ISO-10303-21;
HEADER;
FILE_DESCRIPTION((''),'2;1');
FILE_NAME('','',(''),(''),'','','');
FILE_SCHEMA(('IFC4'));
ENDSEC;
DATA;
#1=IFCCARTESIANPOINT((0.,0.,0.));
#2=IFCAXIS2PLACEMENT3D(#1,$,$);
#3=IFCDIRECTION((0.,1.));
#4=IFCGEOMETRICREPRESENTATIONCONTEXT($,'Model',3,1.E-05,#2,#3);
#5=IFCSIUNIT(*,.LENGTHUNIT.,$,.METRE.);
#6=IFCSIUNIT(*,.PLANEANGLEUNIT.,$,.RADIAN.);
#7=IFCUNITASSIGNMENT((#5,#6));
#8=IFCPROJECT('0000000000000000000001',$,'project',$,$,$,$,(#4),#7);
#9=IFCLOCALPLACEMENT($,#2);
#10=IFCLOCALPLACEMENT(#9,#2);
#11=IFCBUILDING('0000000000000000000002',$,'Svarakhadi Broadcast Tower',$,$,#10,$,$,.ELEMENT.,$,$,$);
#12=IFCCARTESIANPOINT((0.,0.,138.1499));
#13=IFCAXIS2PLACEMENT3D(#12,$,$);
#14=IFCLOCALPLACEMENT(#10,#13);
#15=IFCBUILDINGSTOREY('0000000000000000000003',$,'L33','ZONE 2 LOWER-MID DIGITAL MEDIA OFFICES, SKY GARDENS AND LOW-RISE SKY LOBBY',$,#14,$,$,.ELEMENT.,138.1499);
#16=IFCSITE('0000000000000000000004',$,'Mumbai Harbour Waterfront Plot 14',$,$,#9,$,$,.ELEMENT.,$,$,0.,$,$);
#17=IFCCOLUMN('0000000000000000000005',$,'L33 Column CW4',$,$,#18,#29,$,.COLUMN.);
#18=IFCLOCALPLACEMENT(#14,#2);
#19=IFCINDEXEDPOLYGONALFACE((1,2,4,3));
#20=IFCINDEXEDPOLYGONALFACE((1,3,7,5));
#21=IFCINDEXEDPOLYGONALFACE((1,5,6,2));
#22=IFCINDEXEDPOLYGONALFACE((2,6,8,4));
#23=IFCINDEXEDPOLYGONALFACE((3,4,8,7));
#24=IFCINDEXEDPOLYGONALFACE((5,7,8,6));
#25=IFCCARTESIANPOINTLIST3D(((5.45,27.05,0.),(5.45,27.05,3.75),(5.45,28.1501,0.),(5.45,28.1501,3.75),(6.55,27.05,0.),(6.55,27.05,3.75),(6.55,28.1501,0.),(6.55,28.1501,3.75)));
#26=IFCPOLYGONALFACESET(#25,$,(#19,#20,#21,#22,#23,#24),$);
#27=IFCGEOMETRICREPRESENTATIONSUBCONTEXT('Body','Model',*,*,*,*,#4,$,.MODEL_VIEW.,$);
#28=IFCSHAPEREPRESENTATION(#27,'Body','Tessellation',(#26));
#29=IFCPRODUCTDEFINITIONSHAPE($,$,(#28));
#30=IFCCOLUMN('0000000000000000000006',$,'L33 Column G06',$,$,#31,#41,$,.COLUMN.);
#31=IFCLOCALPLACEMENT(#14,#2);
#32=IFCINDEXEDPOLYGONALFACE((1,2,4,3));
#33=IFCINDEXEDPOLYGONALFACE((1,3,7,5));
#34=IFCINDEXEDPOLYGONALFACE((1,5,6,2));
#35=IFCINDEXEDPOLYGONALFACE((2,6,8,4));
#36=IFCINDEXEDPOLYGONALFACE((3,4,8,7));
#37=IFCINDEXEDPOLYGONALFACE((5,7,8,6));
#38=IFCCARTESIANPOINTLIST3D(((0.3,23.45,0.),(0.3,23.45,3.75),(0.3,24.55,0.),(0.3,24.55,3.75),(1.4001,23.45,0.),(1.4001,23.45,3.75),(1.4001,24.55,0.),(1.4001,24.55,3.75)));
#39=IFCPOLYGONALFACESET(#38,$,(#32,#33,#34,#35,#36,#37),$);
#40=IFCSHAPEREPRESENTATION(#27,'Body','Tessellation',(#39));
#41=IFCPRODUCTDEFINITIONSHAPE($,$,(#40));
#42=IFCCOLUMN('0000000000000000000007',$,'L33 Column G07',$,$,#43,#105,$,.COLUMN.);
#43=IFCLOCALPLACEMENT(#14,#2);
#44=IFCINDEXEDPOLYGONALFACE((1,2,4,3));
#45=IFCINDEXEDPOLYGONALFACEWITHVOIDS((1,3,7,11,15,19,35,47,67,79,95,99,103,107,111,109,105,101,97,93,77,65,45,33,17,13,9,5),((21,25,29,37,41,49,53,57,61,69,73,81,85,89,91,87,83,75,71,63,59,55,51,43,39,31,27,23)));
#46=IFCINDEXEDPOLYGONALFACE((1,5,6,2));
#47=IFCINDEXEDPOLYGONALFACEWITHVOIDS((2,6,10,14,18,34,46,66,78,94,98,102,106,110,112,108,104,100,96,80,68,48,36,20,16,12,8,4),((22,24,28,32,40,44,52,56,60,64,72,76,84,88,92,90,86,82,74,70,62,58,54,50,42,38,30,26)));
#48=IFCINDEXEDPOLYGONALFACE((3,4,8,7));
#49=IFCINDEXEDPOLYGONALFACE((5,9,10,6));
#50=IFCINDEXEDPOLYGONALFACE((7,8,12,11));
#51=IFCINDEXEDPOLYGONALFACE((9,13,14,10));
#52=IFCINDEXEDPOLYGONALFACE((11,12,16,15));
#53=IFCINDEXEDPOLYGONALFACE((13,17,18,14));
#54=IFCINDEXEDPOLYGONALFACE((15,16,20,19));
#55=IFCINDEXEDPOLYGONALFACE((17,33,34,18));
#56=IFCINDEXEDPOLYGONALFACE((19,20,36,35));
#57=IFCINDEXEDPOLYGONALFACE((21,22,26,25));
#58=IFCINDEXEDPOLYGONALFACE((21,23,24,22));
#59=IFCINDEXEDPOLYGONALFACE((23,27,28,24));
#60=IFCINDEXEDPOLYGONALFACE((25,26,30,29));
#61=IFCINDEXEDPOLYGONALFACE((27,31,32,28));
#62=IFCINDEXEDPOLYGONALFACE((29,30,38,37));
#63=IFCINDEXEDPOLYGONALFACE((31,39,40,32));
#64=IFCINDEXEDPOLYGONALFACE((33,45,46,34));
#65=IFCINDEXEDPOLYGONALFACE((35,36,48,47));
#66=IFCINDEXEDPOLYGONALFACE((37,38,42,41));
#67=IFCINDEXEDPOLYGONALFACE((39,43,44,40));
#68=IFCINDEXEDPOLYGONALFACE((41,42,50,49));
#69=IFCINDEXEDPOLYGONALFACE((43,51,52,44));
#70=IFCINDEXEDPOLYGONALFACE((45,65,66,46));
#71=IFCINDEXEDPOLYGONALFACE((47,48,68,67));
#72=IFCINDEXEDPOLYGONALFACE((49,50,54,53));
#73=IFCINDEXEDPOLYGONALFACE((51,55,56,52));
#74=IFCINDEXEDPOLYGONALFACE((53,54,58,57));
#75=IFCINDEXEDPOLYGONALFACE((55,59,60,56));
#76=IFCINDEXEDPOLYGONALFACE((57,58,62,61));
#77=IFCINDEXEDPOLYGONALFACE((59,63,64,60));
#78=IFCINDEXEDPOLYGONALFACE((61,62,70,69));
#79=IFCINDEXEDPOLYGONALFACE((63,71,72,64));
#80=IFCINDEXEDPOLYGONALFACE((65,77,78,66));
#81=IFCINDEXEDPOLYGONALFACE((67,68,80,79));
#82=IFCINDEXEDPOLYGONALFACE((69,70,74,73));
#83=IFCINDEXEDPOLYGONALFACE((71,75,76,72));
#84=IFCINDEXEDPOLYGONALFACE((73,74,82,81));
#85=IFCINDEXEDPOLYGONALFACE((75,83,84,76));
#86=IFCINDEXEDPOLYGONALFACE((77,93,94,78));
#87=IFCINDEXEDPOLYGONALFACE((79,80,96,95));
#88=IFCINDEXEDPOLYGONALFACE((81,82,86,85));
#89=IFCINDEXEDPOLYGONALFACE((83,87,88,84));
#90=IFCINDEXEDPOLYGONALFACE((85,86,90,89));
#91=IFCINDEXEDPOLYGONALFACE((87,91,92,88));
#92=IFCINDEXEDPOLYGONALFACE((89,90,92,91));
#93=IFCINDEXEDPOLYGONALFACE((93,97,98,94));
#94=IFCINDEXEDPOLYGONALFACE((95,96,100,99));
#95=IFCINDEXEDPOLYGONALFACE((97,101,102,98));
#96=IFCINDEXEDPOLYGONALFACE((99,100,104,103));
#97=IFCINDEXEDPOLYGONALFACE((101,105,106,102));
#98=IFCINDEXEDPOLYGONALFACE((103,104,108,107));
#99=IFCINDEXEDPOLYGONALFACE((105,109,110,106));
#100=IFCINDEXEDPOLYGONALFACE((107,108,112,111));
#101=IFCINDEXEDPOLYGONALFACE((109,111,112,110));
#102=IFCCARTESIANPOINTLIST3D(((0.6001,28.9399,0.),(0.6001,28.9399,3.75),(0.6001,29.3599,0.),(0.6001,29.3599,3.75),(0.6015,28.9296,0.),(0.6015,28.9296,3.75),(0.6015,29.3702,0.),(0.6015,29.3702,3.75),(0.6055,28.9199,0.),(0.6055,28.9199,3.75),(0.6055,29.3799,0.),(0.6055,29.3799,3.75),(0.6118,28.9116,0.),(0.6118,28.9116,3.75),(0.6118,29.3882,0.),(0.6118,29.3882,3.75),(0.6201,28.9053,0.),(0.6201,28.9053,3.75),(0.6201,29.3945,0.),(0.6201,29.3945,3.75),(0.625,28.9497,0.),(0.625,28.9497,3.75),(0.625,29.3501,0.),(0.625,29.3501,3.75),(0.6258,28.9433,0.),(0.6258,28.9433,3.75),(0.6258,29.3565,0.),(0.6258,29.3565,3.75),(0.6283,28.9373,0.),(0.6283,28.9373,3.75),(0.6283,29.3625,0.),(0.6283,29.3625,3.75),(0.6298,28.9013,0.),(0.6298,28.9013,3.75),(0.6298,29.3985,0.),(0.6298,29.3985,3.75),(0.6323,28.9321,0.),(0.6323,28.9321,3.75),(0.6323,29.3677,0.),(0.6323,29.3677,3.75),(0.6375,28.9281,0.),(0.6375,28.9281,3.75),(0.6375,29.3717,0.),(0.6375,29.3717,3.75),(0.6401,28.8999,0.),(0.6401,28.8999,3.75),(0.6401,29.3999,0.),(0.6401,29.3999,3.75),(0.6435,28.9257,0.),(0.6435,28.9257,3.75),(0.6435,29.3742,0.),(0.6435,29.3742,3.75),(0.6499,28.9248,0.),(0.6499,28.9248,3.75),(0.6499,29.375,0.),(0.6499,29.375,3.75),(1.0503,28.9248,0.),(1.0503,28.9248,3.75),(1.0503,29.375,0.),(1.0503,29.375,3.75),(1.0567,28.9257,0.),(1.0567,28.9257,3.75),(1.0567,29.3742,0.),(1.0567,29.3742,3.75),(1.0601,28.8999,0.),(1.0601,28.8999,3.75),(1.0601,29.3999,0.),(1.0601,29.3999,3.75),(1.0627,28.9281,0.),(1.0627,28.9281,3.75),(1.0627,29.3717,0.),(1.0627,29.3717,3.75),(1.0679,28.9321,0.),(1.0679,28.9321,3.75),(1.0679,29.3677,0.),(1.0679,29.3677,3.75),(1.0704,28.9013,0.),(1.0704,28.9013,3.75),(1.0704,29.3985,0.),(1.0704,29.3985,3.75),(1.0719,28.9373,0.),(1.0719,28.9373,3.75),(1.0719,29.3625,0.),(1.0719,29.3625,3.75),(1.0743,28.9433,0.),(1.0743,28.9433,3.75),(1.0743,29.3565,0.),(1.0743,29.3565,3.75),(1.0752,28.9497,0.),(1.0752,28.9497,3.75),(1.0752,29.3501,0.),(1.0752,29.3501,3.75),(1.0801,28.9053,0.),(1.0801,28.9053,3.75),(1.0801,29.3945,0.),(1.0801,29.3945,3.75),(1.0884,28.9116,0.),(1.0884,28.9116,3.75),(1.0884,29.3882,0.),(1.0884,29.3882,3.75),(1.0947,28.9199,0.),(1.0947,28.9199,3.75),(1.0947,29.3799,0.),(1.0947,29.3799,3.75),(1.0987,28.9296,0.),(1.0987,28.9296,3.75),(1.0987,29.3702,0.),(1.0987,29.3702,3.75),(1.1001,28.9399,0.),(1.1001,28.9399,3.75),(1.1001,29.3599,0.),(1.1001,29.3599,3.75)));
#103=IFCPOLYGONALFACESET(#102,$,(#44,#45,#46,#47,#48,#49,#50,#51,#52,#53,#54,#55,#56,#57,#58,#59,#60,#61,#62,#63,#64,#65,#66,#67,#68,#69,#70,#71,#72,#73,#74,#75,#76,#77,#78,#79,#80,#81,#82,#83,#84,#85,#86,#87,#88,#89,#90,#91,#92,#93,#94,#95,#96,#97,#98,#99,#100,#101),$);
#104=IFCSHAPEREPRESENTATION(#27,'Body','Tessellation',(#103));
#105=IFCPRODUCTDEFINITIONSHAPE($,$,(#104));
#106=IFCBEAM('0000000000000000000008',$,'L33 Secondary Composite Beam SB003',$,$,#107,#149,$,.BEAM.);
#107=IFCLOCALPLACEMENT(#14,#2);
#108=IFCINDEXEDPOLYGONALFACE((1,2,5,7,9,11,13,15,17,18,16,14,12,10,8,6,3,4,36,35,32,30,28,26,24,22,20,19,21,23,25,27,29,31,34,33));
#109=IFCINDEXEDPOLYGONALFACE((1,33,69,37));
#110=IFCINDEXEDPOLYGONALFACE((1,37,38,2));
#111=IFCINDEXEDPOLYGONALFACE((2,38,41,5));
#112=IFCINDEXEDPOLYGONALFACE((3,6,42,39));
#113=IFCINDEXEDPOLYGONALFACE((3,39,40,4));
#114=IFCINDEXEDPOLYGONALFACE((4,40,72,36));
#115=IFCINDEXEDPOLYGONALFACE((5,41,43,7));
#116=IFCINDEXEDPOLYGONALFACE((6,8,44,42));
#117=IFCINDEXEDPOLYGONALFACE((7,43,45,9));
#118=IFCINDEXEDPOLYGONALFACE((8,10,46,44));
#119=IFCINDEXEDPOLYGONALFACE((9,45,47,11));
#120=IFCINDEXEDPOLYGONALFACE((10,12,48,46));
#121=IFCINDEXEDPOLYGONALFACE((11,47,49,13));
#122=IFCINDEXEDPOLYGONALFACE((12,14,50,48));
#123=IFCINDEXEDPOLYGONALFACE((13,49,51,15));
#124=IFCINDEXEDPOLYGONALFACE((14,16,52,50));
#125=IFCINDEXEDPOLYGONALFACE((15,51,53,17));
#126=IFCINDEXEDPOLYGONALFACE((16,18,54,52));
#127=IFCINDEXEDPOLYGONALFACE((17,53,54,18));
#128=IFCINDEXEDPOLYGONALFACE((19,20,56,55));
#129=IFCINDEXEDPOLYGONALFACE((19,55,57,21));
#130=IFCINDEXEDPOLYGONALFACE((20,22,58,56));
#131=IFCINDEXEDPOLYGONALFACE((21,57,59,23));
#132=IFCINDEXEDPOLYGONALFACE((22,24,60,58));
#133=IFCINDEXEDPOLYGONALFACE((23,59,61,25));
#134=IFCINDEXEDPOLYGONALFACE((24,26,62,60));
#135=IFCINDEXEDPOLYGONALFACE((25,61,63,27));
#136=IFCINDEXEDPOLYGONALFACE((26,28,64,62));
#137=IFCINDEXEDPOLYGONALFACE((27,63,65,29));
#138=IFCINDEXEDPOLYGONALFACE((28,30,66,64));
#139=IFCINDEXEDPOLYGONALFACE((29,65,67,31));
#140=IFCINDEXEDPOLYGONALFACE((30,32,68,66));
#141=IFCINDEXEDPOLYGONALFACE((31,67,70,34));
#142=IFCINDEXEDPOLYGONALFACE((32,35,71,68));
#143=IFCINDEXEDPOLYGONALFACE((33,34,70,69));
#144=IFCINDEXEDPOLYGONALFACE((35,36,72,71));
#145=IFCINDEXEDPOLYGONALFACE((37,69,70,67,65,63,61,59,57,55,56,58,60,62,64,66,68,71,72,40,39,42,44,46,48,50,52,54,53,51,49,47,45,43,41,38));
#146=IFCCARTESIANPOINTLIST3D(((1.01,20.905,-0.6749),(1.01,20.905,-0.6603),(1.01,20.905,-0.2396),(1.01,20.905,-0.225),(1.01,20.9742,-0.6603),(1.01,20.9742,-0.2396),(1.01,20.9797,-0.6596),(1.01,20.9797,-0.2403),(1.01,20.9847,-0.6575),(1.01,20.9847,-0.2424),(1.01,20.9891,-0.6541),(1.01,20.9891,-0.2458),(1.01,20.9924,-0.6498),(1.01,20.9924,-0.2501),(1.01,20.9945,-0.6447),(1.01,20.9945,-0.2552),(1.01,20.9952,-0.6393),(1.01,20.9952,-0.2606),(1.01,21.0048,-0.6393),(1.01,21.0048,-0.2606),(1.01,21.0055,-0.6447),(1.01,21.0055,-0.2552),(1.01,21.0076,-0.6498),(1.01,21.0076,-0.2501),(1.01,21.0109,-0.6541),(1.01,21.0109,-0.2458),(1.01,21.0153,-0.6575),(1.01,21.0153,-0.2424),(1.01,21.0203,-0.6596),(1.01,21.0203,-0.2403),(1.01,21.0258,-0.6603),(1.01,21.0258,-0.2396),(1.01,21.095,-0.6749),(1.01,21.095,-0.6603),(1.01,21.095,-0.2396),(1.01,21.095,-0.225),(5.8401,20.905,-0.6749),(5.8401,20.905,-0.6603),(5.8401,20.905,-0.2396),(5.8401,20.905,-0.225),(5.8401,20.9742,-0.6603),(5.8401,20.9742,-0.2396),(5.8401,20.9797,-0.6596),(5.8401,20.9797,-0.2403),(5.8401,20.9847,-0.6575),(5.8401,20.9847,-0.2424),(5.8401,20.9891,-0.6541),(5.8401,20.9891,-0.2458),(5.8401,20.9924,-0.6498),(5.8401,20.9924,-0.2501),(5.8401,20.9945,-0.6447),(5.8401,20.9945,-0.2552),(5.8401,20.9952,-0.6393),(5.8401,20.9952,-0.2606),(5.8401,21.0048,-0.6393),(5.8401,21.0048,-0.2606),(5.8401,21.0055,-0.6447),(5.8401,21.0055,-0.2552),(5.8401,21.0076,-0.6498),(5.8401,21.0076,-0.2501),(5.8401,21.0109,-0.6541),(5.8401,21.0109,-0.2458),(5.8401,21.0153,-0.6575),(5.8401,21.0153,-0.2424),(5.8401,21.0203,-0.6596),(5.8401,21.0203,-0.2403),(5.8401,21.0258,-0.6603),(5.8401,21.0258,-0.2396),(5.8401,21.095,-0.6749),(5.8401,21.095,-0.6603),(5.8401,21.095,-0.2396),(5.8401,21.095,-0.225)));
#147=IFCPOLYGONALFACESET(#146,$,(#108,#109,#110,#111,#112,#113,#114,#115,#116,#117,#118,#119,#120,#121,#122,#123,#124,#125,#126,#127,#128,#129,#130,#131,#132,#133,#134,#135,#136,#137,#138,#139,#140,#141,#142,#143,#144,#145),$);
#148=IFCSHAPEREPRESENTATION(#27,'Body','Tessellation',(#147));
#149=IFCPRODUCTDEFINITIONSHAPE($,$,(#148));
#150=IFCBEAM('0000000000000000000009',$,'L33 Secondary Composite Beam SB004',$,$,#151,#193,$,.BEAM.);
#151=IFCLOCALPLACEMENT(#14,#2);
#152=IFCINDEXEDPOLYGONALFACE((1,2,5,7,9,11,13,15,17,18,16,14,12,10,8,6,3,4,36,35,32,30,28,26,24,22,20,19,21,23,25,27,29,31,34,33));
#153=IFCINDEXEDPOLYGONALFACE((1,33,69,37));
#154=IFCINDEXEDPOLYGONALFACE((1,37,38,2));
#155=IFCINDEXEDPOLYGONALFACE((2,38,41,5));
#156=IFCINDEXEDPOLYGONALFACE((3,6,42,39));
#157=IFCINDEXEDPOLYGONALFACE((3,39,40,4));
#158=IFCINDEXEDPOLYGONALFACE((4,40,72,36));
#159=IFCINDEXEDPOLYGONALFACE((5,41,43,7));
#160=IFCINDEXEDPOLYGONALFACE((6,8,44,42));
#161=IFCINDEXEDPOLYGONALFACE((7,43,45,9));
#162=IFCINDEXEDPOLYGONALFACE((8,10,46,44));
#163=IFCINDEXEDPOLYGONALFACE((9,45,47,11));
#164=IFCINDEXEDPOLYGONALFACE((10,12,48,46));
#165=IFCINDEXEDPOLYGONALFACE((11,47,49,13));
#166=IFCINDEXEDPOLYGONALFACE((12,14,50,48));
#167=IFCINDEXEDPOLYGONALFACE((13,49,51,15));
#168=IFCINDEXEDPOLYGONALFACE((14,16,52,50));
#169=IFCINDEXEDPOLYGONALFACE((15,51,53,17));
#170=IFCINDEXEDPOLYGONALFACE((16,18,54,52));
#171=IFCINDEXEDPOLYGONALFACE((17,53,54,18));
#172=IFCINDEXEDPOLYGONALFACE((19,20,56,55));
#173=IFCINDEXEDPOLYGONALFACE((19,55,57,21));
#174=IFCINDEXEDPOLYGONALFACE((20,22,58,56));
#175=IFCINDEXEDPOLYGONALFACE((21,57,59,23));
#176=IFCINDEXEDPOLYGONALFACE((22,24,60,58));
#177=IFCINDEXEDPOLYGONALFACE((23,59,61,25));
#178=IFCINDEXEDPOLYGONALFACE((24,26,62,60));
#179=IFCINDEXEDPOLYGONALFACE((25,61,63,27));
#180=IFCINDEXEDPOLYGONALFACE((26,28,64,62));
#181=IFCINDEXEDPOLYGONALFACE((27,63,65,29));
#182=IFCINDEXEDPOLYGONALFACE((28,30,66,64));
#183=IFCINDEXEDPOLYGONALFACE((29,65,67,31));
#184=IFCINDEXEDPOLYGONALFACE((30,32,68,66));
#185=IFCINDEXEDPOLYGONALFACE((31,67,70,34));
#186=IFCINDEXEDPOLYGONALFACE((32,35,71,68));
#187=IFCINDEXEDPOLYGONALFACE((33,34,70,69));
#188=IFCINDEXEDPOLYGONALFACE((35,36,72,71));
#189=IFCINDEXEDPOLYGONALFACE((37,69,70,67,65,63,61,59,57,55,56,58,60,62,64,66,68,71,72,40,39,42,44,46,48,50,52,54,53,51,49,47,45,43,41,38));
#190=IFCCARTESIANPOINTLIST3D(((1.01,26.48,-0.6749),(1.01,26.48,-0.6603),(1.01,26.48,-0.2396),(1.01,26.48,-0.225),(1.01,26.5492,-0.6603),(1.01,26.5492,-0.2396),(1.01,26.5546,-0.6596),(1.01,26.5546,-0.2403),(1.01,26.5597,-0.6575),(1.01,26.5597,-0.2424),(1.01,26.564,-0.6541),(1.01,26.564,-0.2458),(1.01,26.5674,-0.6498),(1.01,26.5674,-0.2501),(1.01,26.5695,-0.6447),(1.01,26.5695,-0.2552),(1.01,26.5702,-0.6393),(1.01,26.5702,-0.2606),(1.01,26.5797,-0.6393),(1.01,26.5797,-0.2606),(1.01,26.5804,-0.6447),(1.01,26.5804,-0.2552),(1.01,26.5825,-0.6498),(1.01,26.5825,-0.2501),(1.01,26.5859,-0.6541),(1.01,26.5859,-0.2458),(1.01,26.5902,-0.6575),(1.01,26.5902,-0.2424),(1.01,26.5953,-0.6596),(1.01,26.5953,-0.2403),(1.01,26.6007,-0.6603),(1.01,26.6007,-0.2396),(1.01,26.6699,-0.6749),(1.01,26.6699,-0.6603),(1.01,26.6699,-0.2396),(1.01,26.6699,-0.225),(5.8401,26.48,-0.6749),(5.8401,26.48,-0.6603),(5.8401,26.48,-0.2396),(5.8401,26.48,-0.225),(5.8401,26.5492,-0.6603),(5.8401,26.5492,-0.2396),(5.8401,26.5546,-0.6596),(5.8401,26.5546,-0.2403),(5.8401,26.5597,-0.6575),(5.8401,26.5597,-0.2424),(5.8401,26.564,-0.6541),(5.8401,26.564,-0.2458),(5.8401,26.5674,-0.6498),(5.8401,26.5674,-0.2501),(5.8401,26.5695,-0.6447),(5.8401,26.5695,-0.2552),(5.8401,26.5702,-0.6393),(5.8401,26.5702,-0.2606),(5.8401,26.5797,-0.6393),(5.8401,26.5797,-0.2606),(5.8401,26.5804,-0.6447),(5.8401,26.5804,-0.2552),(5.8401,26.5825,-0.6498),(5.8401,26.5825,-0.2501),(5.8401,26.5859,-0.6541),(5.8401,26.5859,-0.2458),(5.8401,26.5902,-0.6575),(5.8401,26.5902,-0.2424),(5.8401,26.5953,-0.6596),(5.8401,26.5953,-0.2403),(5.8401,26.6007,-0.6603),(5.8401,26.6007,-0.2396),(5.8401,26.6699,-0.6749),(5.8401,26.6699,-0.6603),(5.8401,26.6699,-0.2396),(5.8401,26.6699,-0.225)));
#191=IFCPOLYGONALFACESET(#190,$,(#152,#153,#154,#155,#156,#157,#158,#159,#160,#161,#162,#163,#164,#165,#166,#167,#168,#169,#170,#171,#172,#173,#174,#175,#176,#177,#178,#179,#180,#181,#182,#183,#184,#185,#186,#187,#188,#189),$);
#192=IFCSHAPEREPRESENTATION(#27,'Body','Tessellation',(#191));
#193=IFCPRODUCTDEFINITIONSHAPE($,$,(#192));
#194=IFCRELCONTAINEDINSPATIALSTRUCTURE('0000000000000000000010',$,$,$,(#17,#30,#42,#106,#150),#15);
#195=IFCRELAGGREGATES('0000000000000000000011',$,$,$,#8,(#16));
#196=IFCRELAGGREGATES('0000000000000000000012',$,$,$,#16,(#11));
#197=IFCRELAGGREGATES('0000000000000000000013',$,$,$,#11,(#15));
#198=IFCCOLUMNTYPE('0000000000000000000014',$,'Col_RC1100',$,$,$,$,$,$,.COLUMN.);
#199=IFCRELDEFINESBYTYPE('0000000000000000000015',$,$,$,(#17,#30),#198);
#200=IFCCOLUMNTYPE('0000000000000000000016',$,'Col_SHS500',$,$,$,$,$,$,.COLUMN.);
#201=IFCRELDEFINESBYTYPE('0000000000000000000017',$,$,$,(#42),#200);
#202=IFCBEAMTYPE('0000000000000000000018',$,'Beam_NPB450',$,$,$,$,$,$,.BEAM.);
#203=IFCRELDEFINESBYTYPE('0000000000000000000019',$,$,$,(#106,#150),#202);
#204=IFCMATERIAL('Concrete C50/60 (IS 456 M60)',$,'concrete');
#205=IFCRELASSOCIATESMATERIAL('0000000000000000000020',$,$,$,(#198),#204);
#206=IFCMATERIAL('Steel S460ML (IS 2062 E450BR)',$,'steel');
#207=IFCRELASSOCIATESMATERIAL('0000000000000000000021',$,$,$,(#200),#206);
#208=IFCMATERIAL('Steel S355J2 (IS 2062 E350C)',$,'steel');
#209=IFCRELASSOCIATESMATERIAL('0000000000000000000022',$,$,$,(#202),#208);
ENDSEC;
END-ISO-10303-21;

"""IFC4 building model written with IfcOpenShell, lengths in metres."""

from ifc_helpers import new_model, si_unit, direction, frame, origin, origin_2d, place, context, subcontext, project, spatial, rectangle, hollow_rectangle, i_section, extrude, material, material_profile, profile_set, type_object, element, save


model = new_model("IFC4")

# Units and contexts
model_context = context("Model", 3, precision=1e-05, world=origin(), true_north=direction((0.0, 1.0)))
body_context = subcontext(model_context, "Body", "Model", "MODEL_VIEW")
ifc_project = project(units=[si_unit("LENGTHUNIT", "METRE"), si_unit("PLANEANGLEUNIT", "RADIAN")], contexts=[model_context])

# Site, building, storey
site_placement = place(None, origin())
site = spatial("IfcSite", under=ifc_project, at=site_placement, Name="Mumbai Harbour Waterfront Plot 14", CompositionType="ELEMENT", RefElevation=0.0)
building_placement = place(site_placement, origin())
building = spatial("IfcBuilding", under=site, at=building_placement, Name="Svarakhadi Broadcast Tower", CompositionType="ELEMENT")
storey_placement = place(building_placement, frame((0.0, 0.0, 138.1499)))
storey = spatial("IfcBuildingStorey", under=building, at=storey_placement, Name="L33", Description="ZONE 2 LOWER-MID DIGITAL MEDIA OFFICES, SKY GARDENS AND LOW-RISE SKY LOBBY", CompositionType="ELEMENT", Elevation=138.1499)

# Columns
ifc_material_1 = material(Name="Concrete C50/60 (IS 456 M60)", Category="concrete")
ifc_material_profile_1 = material_profile(ifc_material_1, rectangle(XDim=1.1001, YDim=1.1001, at=origin_2d()), Name="RC 1100x1100")
ifc_profile_set_1 = profile_set([ifc_material_profile_1], Name="Concrete C50/60 (IS 456 M60)")
column_type_1 = type_object("IfcColumnType", Name="Col_RC1100", PredefinedType="COLUMN", material=ifc_profile_set_1)
for number, where, z_axis, x_axis, name in (
    (1, (6.0, 27.6001, 0.0), (0.0, 0.0, 1.0), (1.0, 0.0, 0.0), "L33 Column CW4"),
    (2, (0.8501, 24.0, 0.0), (0.0, 0.0, 1.0), (1.0, 0.0, 0.0), "L33 Column G06"),
):
    element("IfcColumn", number, at=place(storey_placement, frame(where, z_axis=z_axis, x_axis=x_axis)), inside=storey, type_object=column_type_1, Name=name, PredefinedType="COLUMN", context=body_context, shape_type="SweptSolid", body=[
        extrude(rectangle(XDim=1.1001, YDim=1.1001, at=origin_2d()), origin(), (0.0, 0.0, 1.0), 3.75),
    ])
ifc_material_2 = material(Name="Steel S460ML (IS 2062 E450BR)", Category="steel")
ifc_material_profile_2 = material_profile(ifc_material_2, hollow_rectangle(XDim=0.5, YDim=0.5, WallThickness=0.0249, InnerFilletRadius=0.0249, OuterFilletRadius=0.04, at=origin_2d()), Name="SHS 500x500x25")
ifc_profile_set_2 = profile_set([ifc_material_profile_2], Name="Steel S460ML (IS 2062 E450BR)")
column_type_2 = type_object("IfcColumnType", Name="Col_SHS500", PredefinedType="COLUMN", material=ifc_profile_set_2)
column_placement = place(storey_placement, frame((0.8501, 29.1499, 0.0), z_axis=(0.0, 0.0, 1.0), x_axis=(1.0, 0.0, 0.0)))
element("IfcColumn", 3, at=column_placement, inside=storey, type_object=column_type_2, Name="L33 Column G07", PredefinedType="COLUMN", context=body_context, shape_type="SweptSolid", body=[
    extrude(hollow_rectangle(XDim=0.5, YDim=0.5, WallThickness=0.0249, InnerFilletRadius=0.0249, OuterFilletRadius=0.04, at=origin_2d()), origin(), (0.0, 0.0, 1.0), 3.75),
])

# Beams
ifc_material_3 = material(Name="Steel S355J2 (IS 2062 E350C)", Category="steel")
ifc_material_profile_3 = material_profile(ifc_material_3, i_section(OverallWidth=0.1899, OverallDepth=0.45, WebThickness=0.0095, FlangeThickness=0.0146, FilletRadius=0.021, at=origin_2d()), Name="NPB 450x190x78")
ifc_profile_set_3 = profile_set([ifc_material_profile_3], Name="Steel S355J2 (IS 2062 E350C)")
beam_type_1 = type_object("IfcBeamType", Name="Beam_NPB450", PredefinedType="BEAM", material=ifc_profile_set_3)
for number, where, z_axis, x_axis, name in (
    (4, (1.01, 21.0, -0.45), (1.0, 0.0, 0.0), (0.0, 1.0, 0.0), "L33 Secondary Composite Beam SB003"),
    (5, (1.01, 26.575, -0.45), (1.0, 0.0, 0.0), (0.0, 1.0, 0.0), "L33 Secondary Composite Beam SB004"),
):
    element("IfcBeam", number, at=place(storey_placement, frame(where, z_axis=z_axis, x_axis=x_axis)), inside=storey, type_object=beam_type_1, Name=name, PredefinedType="BEAM", context=body_context, shape_type="SweptSolid", body=[
        extrude(i_section(OverallWidth=0.1899, OverallDepth=0.45, WebThickness=0.0095, FlangeThickness=0.0146, FilletRadius=0.021, at=origin_2d()), origin(), (0.0, 0.0, 1.0), 4.8301),
    ])

save(model, "model.ifc")
